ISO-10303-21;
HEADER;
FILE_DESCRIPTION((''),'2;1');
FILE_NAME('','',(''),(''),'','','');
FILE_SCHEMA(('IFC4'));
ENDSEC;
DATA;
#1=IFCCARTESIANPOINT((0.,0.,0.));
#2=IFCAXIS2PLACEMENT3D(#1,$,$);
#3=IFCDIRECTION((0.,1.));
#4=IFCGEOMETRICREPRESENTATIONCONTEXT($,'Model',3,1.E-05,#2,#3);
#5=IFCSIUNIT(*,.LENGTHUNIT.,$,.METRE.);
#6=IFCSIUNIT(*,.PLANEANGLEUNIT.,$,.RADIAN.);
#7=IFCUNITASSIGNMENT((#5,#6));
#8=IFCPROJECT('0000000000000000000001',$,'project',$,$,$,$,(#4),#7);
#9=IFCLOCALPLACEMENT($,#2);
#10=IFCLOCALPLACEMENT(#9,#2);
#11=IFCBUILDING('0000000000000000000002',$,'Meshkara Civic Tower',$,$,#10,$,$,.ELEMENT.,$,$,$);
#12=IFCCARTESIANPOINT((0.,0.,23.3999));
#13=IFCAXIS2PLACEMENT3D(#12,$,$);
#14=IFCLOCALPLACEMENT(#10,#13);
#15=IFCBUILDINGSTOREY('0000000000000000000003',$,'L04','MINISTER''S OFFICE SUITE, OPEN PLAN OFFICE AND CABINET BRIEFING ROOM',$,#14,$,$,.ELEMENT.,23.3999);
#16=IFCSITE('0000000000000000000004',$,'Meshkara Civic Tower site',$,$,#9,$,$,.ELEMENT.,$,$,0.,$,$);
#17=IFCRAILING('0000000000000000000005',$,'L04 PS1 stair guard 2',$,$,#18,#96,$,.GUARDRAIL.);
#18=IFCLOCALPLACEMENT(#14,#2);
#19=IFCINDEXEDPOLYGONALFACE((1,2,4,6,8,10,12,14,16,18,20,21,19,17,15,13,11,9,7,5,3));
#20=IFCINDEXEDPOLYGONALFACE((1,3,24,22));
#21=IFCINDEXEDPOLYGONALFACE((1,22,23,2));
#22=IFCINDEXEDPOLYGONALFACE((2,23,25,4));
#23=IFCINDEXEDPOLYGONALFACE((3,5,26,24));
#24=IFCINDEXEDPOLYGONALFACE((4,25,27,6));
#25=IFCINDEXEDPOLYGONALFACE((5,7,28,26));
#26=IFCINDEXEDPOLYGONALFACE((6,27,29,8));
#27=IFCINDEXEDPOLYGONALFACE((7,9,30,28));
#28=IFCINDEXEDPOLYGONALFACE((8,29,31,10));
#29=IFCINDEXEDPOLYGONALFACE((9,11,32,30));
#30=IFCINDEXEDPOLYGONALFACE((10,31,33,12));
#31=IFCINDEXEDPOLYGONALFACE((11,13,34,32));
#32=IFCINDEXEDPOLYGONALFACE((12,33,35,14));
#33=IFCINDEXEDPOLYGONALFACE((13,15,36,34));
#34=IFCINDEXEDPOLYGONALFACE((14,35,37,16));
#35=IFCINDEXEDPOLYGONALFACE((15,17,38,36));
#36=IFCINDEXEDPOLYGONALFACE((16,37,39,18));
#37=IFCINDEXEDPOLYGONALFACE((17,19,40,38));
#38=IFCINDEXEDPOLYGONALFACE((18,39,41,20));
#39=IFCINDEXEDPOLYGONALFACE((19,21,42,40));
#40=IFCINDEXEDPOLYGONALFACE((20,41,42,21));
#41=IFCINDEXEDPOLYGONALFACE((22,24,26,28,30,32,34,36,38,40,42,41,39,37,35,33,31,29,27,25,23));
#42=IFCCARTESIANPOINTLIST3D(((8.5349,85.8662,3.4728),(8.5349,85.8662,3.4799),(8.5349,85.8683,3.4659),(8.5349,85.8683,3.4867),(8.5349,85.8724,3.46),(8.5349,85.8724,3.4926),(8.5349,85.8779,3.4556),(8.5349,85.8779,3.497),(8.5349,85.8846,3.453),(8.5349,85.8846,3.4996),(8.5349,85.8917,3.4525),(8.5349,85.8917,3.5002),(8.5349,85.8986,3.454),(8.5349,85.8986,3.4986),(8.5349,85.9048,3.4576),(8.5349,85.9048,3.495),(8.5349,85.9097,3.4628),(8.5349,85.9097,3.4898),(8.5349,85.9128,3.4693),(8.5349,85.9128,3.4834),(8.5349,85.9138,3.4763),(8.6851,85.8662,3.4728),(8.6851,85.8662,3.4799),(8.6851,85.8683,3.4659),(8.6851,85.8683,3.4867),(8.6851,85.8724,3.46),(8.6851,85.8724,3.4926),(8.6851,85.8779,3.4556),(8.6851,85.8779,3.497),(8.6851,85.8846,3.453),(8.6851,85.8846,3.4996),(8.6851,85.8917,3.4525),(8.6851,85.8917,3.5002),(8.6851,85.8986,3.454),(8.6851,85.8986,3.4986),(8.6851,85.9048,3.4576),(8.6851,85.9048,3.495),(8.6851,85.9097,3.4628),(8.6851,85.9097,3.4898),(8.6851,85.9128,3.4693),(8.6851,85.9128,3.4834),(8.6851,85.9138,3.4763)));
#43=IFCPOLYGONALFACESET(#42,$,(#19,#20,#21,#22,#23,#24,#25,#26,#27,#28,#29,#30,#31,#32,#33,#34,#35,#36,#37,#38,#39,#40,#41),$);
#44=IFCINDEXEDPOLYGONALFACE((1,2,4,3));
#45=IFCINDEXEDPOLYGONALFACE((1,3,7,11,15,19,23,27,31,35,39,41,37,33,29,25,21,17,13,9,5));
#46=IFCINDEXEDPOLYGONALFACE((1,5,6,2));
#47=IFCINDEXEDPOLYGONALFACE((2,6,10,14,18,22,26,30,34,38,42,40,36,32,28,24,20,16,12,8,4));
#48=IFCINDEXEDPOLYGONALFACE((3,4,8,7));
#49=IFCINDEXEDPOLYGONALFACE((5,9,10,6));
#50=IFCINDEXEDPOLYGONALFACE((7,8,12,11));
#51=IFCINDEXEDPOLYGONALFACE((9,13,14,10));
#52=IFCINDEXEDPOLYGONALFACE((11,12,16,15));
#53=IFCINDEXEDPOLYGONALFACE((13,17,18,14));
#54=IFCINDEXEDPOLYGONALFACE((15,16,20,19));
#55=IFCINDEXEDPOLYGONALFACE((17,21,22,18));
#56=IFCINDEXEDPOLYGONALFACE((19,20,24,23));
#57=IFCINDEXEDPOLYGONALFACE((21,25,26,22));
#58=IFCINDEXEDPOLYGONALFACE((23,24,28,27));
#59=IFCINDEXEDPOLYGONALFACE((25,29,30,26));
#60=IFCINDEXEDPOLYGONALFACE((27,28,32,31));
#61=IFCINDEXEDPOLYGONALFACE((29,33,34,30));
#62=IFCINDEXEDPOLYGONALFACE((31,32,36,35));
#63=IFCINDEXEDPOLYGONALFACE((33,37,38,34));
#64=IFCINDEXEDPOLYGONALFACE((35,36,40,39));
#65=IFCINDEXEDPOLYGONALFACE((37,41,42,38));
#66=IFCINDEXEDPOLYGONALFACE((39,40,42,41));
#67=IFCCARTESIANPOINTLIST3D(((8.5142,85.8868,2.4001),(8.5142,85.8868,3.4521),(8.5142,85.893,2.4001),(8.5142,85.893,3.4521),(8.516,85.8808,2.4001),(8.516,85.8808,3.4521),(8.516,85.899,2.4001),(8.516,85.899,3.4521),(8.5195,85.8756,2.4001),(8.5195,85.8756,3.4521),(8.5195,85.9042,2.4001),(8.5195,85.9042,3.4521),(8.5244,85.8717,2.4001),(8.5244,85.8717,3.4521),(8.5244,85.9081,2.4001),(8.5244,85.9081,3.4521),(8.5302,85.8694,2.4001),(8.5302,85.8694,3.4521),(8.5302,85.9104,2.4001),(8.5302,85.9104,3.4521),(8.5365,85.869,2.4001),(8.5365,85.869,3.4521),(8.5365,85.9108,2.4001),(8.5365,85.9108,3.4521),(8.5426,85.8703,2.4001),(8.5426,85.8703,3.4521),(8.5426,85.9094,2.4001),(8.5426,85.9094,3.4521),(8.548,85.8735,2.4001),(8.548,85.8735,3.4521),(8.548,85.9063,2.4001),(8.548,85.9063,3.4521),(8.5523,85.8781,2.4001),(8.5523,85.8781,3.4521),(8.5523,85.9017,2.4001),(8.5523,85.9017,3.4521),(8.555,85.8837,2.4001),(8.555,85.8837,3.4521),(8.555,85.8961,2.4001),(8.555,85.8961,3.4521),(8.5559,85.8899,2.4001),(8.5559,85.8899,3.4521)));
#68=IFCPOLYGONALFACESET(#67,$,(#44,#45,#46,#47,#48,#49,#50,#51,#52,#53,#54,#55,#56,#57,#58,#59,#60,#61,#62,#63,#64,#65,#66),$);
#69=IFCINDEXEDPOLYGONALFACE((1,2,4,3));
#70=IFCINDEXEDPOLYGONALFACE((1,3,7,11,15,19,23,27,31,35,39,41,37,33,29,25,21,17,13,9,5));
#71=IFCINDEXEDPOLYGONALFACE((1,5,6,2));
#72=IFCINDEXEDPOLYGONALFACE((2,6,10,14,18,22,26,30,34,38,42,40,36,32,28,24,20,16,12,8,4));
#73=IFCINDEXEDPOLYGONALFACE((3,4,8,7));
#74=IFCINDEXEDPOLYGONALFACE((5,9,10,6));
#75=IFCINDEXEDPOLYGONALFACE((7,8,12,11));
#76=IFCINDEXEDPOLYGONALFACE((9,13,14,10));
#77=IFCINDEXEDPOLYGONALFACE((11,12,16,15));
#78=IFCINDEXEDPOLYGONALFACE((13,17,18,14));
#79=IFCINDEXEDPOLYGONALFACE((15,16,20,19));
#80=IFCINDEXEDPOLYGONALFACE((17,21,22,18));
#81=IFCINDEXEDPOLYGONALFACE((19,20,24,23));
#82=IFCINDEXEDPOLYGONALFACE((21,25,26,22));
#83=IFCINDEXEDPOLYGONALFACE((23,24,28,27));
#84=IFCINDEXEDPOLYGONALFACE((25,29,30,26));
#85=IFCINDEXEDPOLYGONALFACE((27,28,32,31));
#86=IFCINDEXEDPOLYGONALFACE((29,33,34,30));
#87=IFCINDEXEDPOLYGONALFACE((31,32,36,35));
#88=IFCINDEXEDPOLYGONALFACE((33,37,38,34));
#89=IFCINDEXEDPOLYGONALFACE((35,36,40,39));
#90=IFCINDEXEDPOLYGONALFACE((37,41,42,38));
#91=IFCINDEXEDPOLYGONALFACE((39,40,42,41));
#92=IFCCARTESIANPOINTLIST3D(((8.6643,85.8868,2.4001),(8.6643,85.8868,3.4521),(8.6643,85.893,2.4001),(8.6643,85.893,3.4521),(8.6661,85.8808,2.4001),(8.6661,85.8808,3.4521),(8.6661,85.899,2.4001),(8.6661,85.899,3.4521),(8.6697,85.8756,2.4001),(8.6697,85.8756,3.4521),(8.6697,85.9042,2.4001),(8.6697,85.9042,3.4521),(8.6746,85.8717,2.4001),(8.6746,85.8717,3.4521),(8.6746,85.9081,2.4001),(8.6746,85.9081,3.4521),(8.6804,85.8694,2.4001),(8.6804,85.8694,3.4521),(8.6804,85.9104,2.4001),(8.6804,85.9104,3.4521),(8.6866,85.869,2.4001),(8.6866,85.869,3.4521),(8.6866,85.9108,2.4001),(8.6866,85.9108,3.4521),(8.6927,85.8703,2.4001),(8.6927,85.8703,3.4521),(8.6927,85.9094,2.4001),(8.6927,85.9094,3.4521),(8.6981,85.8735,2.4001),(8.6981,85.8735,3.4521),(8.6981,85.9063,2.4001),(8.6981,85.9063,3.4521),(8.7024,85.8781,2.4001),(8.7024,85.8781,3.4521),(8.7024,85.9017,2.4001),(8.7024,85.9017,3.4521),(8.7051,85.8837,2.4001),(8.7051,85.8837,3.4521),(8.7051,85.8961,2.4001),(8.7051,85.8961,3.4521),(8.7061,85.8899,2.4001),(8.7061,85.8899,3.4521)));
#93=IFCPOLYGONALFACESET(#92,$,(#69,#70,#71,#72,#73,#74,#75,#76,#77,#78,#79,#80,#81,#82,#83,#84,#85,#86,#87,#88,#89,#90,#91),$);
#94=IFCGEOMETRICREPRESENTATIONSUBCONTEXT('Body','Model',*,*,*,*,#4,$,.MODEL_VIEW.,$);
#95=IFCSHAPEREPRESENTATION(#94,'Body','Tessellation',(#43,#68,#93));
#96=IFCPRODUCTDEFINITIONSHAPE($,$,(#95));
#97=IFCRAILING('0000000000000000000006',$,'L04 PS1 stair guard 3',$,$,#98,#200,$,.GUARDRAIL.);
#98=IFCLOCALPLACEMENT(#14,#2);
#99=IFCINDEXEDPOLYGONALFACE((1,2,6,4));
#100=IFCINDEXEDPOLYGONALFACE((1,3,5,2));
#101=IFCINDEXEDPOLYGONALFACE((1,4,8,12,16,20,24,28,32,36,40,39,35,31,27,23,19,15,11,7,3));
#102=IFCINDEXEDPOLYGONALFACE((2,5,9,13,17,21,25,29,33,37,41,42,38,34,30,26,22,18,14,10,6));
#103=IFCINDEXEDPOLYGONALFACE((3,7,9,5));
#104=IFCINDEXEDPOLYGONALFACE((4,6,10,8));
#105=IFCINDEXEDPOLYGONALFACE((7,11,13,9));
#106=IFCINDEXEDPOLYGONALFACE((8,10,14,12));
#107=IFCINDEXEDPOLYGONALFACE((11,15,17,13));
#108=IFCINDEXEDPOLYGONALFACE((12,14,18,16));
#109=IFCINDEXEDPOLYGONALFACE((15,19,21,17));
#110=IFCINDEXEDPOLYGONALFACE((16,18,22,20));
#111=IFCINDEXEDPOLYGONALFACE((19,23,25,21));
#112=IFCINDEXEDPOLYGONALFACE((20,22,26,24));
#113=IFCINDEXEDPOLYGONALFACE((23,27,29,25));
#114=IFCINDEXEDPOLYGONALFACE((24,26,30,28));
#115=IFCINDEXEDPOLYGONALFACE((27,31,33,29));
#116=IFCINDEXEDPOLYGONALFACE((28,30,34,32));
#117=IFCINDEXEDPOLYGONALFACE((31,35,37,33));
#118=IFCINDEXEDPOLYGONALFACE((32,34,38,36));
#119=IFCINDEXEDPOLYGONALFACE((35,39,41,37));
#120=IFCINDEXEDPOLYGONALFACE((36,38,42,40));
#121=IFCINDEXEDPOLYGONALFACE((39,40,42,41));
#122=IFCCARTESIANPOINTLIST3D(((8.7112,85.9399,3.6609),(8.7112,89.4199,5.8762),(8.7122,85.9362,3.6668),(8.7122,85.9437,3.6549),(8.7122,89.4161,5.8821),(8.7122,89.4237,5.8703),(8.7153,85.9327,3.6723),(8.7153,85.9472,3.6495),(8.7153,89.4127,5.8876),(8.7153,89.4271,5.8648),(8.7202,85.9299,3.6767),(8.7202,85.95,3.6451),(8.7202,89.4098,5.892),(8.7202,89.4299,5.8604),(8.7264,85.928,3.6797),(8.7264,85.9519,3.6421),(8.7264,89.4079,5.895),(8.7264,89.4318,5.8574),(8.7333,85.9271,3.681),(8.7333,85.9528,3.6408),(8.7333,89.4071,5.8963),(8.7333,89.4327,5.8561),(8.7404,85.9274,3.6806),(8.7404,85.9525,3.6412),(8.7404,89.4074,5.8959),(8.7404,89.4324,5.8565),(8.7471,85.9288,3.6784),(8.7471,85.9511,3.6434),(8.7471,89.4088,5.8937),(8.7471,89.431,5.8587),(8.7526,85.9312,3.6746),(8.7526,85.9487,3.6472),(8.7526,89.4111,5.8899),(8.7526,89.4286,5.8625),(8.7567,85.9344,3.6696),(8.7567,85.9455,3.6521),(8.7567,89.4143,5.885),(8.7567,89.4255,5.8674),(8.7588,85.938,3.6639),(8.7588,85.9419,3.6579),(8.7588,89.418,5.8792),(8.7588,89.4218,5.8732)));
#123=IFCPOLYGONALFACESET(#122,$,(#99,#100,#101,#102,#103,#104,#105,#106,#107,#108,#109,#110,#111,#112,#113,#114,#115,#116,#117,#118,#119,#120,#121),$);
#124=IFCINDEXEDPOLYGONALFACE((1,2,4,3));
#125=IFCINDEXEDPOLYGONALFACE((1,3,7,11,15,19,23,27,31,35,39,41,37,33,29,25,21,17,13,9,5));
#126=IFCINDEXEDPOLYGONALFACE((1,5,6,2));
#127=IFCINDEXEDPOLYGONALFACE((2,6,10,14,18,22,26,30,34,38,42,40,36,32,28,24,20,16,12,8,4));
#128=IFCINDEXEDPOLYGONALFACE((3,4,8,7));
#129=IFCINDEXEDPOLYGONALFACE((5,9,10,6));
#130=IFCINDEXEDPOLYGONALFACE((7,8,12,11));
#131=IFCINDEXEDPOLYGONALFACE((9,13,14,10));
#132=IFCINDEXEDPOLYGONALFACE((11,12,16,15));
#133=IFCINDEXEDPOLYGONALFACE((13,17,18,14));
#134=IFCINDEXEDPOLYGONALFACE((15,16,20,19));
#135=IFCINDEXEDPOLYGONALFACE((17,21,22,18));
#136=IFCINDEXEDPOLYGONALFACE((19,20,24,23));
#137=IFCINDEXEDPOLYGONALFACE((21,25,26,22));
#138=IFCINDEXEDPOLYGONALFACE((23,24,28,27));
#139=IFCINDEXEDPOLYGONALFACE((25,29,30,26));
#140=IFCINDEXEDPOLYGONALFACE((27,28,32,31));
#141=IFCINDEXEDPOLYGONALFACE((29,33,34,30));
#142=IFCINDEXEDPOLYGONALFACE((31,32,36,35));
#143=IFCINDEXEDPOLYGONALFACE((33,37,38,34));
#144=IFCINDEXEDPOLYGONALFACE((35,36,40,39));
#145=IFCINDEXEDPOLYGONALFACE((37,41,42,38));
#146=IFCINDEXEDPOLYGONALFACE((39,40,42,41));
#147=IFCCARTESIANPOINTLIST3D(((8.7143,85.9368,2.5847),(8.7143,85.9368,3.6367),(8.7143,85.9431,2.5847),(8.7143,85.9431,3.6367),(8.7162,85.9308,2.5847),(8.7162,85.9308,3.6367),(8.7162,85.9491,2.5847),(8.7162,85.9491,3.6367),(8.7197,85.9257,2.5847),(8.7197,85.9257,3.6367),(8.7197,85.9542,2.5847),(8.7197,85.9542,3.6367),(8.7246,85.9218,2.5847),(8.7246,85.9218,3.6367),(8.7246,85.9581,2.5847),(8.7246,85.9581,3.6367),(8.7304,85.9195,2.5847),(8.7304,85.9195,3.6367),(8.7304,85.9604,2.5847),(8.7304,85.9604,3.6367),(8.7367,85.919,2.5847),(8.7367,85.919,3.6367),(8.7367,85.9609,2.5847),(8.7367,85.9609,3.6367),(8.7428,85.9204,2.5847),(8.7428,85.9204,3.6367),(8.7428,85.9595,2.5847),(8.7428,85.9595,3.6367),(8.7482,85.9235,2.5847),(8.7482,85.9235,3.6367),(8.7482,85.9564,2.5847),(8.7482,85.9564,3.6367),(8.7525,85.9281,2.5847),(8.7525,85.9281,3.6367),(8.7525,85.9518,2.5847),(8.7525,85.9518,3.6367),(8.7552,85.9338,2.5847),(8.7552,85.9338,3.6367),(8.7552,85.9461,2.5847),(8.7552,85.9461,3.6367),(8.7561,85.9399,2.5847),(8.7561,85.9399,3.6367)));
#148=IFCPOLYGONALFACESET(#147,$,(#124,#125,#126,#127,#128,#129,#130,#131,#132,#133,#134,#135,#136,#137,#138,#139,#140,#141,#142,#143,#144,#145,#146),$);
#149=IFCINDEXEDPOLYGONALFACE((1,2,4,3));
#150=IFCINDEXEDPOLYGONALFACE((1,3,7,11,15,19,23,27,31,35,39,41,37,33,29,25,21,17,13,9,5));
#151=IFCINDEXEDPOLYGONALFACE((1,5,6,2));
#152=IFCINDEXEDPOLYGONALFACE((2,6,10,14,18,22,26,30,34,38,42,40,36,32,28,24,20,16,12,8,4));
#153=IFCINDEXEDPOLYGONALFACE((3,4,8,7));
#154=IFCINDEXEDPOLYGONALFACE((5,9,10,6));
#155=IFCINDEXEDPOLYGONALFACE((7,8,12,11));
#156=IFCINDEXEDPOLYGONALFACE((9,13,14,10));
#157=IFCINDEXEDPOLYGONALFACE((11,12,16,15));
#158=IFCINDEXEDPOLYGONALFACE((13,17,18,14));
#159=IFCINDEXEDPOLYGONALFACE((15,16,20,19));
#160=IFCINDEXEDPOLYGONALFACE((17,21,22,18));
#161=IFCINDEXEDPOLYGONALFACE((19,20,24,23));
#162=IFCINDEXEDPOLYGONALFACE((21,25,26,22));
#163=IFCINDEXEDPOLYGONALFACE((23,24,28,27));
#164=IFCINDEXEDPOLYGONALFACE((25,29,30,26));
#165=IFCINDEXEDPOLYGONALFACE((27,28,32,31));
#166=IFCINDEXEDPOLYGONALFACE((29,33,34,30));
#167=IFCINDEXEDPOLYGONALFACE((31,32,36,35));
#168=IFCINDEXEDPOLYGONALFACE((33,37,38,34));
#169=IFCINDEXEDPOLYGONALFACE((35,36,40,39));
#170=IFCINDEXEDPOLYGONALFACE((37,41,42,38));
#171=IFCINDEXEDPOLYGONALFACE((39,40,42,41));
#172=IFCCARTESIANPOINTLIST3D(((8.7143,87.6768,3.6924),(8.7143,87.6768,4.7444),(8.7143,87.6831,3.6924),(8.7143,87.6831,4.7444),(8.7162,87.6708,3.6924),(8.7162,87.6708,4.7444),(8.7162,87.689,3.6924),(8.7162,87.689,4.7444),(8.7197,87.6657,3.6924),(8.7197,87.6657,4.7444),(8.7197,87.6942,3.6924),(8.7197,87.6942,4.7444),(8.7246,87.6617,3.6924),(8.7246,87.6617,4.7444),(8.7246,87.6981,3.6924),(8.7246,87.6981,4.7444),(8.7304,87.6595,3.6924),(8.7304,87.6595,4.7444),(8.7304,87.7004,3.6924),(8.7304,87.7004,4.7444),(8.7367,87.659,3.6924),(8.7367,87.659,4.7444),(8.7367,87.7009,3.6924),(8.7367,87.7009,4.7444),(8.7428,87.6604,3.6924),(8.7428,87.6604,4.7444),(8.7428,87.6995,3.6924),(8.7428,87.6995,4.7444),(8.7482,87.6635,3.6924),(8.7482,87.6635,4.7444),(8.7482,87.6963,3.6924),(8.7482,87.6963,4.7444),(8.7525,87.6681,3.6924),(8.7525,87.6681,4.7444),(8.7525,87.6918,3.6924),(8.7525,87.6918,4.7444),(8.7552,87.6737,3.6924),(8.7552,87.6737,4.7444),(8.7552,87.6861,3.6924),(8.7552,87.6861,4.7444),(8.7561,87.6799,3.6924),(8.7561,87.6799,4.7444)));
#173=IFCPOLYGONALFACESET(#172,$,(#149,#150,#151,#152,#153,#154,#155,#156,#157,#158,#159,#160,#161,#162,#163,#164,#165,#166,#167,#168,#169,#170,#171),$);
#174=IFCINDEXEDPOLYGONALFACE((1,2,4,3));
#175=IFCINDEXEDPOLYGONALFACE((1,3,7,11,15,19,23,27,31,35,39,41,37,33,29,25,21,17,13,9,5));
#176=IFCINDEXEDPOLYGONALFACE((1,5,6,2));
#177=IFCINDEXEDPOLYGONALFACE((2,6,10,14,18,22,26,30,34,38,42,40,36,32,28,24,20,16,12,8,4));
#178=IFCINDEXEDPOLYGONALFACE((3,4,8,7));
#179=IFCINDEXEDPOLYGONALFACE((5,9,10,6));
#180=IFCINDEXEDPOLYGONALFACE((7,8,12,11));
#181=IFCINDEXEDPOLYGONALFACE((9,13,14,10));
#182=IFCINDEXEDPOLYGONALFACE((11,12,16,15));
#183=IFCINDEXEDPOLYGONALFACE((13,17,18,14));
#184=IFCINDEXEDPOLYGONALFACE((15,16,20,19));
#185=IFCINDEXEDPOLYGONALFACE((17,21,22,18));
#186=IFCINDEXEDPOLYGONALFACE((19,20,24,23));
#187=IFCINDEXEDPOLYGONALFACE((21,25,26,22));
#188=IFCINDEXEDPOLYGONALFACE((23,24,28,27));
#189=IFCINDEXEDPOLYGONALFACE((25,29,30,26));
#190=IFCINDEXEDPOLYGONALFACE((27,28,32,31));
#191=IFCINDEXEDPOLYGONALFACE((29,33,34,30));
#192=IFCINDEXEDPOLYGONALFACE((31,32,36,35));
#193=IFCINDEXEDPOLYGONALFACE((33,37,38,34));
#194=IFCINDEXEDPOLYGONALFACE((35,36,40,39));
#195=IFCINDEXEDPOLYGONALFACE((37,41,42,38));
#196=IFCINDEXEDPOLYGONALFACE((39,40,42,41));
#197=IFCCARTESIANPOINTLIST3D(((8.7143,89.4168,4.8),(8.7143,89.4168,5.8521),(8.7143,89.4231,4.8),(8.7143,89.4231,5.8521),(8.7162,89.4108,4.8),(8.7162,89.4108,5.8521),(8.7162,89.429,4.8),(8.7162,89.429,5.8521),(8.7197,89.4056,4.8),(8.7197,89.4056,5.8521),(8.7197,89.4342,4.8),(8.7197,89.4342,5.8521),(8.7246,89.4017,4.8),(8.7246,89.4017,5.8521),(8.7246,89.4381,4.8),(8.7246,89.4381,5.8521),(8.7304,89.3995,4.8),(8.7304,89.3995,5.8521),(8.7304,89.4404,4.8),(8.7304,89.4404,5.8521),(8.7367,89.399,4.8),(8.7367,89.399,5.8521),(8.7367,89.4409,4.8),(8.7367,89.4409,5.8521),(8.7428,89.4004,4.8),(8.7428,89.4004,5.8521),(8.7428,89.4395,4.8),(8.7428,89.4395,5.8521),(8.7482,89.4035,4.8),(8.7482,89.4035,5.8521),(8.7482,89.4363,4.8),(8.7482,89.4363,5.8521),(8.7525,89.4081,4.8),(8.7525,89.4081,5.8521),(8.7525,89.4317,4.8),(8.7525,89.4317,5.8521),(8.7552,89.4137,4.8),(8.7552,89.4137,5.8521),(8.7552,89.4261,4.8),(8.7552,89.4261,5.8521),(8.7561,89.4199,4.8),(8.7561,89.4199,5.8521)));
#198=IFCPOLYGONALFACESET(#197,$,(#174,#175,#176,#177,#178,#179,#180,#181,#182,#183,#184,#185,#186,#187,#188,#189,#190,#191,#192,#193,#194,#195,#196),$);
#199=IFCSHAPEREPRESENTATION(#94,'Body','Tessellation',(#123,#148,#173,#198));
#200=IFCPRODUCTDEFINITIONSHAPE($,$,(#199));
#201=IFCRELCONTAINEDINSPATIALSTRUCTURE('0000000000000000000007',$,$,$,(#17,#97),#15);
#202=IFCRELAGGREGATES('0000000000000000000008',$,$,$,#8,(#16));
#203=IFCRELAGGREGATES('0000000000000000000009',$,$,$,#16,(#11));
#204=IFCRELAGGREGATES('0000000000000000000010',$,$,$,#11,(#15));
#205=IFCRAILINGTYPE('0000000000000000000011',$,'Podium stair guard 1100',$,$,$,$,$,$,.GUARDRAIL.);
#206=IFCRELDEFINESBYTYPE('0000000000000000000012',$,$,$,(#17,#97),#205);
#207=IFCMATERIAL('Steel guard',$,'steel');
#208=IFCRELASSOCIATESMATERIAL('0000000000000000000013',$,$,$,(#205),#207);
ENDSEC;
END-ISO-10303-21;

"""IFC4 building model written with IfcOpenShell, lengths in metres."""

from ifc_helpers import new_model, si_unit, direction, frame, origin, origin_2d, place, context, subcontext, project, spatial, circle, extrude, material, type_object, element, save


model = new_model("IFC4")

# Units and contexts
model_context = context("Model", 3, precision=1e-05, world=origin(), true_north=direction((0.0, 1.0)))
body_context = subcontext(model_context, "Body", "Model", "MODEL_VIEW")
ifc_project = project(units=[si_unit("LENGTHUNIT", "METRE"), si_unit("PLANEANGLEUNIT", "RADIAN")], contexts=[model_context])

# Site, building, storey
site_placement = place(None, origin())
site = spatial("IfcSite", under=ifc_project, at=site_placement, Name="Meshkara Civic Tower site", CompositionType="ELEMENT", RefElevation=0.0)
building_placement = place(site_placement, origin())
building = spatial("IfcBuilding", under=site, at=building_placement, Name="Meshkara Civic Tower", CompositionType="ELEMENT")
storey_placement = place(building_placement, frame((0.0, 0.0, 23.3999)))
storey = spatial("IfcBuildingStorey", under=building, at=storey_placement, Name="L04", Description="MINISTER'S OFFICE SUITE, OPEN PLAN OFFICE AND CABINET BRIEFING ROOM", CompositionType="ELEMENT", Elevation=23.3999)

# Railings
ifc_material_1 = material(Name="Steel guard", Category="steel")
railing_type_1 = type_object("IfcRailingType", Name="Podium stair guard 1100", PredefinedType="GUARDRAIL", material=ifc_material_1)
railing_1_placement = place(storey_placement, frame((8.5349, 85.8899, 2.4001)))
element("IfcRailing", 1, at=railing_1_placement, inside=storey, type_object=railing_type_1, Name="L04 PS1 stair guard 2", PredefinedType="GUARDRAIL", context=body_context, shape_type="SweptSolid", body=[
    extrude(circle(Radius=0.0239, at=origin_2d()), frame((0.0, 0.0, 1.0762), z_axis=(1.0, 0.0, 0.0), x_axis=(0.0, 1.0, 0.0)), (0.0, 0.0, 1.0), 0.1501),
    extrude(circle(Radius=0.021, at=origin_2d()), origin(), (0.0, 0.0, 1.0), 1.052),
    extrude(circle(Radius=0.021, at=origin_2d()), frame((0.1501, 0.0, 0.0)), (0.0, 0.0, 1.0), 1.052),
])
railing_2_placement = place(storey_placement, frame((8.7351, 85.9399, 2.5847)))
element("IfcRailing", 2, at=railing_2_placement, inside=storey, type_object=railing_type_1, Name="L04 PS1 stair guard 3", PredefinedType="GUARDRAIL", context=body_context, shape_type="SweptSolid", body=[
    extrude(circle(Radius=0.0239, at=origin_2d()), frame((0.0, 0.0, 1.0762), z_axis=(0.0, 0.843574, 0.537013), x_axis=(-1.0, 0.0, 0.0)), (0.0, 0.0, 1.0), 4.1252),
    extrude(circle(Radius=0.021, at=origin_2d()), origin(), (0.0, 0.0, 1.0), 1.052),
    extrude(circle(Radius=0.021, at=origin_2d()), frame((0.0, 1.74, 1.1077)), (0.0, 0.0, 1.0), 1.052),
    extrude(circle(Radius=0.021, at=origin_2d()), frame((0.0, 3.48, 2.2153)), (0.0, 0.0, 1.0), 1.052),
])

save(model, "model.ifc")
